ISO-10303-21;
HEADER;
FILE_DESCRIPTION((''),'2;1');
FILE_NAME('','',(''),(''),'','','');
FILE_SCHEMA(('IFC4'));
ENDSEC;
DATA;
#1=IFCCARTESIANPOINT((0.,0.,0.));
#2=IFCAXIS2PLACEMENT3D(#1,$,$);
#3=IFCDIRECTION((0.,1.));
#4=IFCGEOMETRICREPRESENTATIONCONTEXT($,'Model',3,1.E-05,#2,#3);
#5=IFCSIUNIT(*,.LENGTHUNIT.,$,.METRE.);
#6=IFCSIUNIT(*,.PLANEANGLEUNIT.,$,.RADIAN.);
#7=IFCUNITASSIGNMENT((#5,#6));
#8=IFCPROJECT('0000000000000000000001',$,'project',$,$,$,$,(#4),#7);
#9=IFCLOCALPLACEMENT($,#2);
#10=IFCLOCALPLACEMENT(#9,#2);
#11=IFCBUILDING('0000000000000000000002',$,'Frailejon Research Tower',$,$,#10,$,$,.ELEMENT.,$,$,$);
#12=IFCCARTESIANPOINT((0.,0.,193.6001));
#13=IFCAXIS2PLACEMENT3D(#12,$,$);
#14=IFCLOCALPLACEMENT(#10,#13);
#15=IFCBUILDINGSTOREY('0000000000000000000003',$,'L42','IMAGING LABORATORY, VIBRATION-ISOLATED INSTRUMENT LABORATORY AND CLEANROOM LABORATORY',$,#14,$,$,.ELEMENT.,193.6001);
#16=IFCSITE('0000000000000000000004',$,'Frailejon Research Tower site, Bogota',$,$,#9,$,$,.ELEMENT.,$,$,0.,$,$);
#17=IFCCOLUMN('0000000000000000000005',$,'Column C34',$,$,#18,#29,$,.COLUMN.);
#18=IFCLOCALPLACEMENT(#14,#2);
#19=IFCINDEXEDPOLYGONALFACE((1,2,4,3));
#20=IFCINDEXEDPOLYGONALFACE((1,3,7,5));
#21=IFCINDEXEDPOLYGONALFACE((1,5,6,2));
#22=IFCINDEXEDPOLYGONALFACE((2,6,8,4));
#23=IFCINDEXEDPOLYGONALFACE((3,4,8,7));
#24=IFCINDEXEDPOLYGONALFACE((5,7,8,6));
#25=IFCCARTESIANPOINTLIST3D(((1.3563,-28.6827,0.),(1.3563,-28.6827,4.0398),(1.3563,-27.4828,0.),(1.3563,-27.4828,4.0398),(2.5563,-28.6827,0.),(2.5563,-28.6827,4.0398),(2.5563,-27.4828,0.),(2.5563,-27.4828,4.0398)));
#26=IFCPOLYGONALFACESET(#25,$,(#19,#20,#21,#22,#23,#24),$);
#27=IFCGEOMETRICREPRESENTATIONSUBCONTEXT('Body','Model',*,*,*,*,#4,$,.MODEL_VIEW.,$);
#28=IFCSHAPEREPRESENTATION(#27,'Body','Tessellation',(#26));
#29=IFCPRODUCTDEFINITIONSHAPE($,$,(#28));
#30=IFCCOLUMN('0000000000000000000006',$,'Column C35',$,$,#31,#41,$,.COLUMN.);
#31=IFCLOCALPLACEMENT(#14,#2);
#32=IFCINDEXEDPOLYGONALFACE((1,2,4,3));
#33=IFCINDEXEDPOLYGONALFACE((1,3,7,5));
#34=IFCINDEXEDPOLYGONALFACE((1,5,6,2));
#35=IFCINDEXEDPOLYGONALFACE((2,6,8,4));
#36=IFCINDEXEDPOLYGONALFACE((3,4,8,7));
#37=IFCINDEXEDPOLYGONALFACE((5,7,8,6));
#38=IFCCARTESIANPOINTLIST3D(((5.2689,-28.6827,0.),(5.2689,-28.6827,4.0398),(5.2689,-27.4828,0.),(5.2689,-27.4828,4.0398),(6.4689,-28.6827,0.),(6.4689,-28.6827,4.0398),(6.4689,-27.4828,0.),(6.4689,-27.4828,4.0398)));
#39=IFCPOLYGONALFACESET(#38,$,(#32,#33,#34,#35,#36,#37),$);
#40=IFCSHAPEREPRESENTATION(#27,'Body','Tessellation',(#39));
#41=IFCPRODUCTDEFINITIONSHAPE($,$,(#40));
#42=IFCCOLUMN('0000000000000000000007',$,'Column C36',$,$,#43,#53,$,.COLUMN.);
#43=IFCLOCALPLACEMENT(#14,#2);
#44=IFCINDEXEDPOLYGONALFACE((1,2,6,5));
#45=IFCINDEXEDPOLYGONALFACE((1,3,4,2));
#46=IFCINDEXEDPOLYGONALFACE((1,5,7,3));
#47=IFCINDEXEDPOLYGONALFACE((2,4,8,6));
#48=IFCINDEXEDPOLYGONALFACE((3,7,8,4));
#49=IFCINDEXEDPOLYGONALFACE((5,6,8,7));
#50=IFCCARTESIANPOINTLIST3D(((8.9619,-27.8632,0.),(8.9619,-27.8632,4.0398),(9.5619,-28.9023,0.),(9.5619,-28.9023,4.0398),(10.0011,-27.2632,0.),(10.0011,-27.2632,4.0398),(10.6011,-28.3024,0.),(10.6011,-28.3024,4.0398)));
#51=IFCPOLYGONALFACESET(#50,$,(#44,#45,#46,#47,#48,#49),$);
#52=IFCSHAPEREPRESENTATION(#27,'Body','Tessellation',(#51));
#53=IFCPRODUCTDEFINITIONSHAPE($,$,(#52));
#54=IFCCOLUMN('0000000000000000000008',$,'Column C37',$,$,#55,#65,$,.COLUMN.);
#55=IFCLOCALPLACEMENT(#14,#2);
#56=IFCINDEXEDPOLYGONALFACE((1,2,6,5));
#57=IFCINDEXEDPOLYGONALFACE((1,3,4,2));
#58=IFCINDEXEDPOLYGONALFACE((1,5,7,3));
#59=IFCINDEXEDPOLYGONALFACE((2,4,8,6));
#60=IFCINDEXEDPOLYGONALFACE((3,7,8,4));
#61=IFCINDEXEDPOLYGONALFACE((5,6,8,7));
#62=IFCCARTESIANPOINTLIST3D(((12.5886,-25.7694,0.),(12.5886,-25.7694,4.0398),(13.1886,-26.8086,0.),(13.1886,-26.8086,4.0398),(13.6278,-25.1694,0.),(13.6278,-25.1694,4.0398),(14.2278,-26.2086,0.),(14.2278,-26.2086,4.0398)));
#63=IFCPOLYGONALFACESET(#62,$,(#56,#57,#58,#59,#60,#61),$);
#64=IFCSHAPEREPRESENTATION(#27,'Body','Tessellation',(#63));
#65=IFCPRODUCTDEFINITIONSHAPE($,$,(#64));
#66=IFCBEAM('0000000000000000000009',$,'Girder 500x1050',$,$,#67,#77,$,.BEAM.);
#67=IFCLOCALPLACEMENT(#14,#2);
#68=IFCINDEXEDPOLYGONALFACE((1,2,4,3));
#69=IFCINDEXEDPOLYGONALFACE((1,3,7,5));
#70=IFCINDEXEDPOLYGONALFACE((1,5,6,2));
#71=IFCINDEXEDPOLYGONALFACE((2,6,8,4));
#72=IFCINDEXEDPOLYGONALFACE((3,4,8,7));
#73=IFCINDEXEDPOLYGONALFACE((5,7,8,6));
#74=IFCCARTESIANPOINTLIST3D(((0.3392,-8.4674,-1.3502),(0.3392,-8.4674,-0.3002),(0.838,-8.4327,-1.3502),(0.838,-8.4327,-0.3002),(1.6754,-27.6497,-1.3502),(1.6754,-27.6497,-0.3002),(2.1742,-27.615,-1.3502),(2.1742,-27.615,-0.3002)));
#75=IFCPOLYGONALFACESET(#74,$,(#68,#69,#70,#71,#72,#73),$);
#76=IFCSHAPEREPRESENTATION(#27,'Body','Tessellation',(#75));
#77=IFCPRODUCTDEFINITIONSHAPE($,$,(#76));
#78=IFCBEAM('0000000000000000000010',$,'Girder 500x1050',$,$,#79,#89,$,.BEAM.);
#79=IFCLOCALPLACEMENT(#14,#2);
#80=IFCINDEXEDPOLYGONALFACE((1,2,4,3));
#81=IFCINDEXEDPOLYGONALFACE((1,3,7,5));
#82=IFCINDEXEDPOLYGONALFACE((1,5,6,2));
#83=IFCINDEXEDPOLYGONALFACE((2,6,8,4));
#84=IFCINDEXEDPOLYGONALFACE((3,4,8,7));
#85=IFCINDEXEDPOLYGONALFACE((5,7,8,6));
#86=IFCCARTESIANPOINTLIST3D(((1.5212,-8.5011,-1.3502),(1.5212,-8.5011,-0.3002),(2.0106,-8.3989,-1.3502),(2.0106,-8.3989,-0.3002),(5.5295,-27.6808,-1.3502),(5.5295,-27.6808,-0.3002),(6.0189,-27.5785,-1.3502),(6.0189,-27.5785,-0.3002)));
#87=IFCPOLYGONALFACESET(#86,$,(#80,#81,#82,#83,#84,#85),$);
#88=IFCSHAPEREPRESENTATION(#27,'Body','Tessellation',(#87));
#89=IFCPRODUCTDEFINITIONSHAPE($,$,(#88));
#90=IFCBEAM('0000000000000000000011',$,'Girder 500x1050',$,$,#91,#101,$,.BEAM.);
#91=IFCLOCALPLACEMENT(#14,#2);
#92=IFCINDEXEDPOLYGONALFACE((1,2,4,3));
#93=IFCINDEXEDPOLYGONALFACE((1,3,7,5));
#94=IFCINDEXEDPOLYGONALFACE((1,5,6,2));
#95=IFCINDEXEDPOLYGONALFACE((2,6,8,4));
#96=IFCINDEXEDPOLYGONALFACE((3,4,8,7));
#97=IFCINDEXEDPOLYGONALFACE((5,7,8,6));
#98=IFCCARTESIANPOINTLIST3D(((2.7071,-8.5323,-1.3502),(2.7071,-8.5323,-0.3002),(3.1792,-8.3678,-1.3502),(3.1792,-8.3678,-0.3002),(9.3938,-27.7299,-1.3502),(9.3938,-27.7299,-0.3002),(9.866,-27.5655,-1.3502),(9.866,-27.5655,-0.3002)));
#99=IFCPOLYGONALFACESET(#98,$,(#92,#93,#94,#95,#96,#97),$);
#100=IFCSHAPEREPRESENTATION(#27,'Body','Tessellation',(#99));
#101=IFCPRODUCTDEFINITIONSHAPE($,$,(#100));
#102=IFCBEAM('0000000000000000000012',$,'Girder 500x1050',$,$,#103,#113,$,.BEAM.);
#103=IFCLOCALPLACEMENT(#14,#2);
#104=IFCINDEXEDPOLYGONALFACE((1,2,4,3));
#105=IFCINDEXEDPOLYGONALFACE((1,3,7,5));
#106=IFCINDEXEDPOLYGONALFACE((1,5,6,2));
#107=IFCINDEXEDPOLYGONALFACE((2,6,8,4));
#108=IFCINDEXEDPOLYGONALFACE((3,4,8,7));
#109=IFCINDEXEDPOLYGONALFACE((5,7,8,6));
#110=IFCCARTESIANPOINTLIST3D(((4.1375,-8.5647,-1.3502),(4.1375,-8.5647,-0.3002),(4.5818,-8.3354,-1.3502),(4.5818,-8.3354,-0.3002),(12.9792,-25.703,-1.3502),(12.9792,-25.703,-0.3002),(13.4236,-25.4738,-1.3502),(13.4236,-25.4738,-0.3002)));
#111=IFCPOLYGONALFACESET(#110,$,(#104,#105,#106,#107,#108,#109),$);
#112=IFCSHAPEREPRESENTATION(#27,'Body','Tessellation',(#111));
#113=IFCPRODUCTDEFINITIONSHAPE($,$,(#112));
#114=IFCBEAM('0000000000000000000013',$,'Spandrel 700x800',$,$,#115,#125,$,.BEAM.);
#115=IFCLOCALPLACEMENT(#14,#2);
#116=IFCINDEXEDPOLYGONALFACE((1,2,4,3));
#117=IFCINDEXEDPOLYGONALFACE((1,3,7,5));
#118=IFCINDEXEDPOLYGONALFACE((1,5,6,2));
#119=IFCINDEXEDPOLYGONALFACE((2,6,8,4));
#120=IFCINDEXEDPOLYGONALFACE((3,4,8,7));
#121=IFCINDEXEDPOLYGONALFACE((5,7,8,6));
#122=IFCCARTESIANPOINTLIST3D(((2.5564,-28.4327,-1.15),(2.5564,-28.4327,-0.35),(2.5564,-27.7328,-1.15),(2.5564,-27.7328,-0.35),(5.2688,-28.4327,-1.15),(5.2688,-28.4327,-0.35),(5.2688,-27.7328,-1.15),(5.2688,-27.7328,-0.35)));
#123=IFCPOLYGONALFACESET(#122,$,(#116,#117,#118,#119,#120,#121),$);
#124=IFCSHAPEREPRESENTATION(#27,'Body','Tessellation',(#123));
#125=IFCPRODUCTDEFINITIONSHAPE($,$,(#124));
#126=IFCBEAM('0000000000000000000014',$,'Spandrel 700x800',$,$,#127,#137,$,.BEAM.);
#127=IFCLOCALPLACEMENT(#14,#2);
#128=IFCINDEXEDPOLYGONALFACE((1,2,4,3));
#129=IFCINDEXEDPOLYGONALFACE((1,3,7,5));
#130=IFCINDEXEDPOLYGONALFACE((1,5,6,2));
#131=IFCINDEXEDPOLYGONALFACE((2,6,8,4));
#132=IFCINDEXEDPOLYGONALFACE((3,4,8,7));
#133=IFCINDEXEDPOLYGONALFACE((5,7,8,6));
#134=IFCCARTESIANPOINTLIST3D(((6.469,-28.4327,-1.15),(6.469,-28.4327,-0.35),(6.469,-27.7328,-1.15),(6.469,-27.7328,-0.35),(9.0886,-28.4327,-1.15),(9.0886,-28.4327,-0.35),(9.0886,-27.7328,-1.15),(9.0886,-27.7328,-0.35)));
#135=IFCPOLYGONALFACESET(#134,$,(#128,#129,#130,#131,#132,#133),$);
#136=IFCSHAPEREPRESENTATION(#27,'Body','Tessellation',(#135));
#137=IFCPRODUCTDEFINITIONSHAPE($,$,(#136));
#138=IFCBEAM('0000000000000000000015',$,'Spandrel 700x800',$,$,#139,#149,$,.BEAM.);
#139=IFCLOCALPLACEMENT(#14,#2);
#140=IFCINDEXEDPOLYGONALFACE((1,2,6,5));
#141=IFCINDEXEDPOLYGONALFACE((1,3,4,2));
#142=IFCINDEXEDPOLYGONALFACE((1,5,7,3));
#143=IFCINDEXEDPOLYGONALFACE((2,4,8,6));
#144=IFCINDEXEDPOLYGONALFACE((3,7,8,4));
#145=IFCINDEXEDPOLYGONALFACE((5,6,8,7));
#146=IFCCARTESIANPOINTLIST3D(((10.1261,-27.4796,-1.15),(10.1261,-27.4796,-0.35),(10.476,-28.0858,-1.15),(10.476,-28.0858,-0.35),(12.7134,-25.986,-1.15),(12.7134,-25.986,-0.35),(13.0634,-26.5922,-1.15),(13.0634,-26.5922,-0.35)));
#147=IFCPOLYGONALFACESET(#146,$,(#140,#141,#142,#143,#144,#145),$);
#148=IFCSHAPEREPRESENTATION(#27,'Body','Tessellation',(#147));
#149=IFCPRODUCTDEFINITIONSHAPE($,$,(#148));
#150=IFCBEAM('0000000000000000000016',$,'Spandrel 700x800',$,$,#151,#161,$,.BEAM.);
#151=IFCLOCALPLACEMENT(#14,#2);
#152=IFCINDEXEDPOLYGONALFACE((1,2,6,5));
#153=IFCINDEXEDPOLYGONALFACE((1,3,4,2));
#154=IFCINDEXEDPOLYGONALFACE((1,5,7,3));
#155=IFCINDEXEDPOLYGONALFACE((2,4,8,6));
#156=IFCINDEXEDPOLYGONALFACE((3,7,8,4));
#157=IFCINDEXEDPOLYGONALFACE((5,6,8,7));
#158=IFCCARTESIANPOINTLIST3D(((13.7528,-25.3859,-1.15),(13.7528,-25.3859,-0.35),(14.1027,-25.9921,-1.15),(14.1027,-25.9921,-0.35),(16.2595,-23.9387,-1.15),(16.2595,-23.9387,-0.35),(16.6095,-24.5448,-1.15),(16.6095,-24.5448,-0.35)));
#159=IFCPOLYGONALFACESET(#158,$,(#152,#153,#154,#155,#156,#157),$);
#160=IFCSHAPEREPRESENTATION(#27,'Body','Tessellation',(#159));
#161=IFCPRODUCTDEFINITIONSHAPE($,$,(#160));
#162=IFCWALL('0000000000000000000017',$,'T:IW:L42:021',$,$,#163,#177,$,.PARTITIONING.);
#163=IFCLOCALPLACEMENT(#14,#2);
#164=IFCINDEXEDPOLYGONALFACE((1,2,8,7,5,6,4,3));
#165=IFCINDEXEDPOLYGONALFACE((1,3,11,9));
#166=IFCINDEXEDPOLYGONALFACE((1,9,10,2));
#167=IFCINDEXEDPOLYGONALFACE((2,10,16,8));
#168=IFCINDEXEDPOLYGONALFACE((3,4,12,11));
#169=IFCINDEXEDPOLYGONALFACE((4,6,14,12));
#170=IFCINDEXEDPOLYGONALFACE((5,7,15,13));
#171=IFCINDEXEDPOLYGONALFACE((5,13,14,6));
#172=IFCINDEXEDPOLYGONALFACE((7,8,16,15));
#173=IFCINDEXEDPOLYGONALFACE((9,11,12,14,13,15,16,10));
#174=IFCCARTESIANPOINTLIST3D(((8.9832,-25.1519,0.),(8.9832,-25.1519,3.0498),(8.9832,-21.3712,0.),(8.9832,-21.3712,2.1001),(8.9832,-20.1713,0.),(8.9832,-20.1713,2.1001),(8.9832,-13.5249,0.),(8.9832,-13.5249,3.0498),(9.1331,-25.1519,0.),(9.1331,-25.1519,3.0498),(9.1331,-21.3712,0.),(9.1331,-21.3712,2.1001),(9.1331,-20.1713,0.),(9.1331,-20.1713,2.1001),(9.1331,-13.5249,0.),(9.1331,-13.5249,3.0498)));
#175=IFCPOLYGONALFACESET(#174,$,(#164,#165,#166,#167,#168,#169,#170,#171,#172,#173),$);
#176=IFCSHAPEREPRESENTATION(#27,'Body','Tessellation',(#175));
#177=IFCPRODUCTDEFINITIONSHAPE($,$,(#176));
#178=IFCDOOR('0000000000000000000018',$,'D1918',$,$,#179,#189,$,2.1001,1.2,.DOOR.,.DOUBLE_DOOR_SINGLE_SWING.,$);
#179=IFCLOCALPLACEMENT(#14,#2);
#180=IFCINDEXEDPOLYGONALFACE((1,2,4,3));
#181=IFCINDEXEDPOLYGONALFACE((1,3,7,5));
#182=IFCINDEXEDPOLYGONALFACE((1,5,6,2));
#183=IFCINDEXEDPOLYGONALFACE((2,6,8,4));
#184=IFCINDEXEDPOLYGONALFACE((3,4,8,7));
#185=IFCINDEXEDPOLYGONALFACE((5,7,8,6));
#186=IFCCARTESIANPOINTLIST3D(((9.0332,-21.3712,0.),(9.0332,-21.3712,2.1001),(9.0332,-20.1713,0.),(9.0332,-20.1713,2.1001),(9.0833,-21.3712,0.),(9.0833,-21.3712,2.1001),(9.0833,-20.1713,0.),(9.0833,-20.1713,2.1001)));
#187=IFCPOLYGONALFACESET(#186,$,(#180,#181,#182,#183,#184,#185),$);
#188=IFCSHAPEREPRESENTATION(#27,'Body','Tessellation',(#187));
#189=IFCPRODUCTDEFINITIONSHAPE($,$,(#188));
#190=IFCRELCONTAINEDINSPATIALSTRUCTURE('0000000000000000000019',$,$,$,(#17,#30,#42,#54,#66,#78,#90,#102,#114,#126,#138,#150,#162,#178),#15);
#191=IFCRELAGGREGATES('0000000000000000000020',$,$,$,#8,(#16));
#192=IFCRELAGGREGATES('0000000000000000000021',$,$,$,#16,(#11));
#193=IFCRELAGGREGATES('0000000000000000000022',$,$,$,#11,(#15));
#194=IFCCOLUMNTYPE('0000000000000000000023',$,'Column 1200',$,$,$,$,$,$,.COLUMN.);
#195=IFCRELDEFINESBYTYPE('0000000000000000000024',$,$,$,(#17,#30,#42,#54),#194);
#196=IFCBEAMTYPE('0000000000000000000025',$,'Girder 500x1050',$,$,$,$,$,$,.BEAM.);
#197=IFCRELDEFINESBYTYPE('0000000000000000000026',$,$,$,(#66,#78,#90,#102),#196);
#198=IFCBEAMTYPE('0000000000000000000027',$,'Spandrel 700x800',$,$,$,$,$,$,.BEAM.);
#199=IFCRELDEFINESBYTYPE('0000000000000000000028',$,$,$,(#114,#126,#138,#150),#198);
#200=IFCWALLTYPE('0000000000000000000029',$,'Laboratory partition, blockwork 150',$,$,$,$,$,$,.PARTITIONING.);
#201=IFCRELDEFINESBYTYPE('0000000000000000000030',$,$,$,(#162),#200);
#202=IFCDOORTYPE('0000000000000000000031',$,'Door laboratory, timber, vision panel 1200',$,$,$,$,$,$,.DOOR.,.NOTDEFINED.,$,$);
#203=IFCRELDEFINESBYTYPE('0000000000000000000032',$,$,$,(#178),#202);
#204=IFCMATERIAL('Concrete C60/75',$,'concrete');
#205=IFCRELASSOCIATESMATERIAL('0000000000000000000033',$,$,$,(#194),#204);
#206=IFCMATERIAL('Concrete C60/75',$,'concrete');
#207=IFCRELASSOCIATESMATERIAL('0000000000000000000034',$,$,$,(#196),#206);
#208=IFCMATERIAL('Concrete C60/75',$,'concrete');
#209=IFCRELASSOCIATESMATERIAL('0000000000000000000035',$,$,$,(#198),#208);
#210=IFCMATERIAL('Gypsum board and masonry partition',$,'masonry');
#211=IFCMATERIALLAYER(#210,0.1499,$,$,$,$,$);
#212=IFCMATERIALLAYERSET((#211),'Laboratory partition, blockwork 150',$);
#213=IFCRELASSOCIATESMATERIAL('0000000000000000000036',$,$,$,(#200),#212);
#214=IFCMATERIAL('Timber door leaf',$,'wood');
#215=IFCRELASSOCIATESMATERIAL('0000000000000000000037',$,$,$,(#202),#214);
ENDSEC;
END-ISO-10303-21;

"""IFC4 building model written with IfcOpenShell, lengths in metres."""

from ifc_helpers import new_model, si_unit, direction, frame, frame_2d, origin, origin_2d, place, context, subcontext, project, spatial, rectangle, extrude, material, layer, layer_set, material_profile, profile_set, type_object, element, fill, save


model = new_model("IFC4")

# Units and contexts
model_context = context("Model", 3, precision=1e-05, world=origin(), true_north=direction((0.0, 1.0)))
body_context = subcontext(model_context, "Body", "Model", "MODEL_VIEW")
ifc_project = project(units=[si_unit("LENGTHUNIT", "METRE"), si_unit("PLANEANGLEUNIT", "RADIAN")], contexts=[model_context])

# Site, building, storey
site_placement = place(None, origin())
site = spatial("IfcSite", under=ifc_project, at=site_placement, Name="Frailejon Research Tower site, Bogota", CompositionType="ELEMENT", RefElevation=0.0)
building_placement = place(site_placement, origin())
building = spatial("IfcBuilding", under=site, at=building_placement, Name="Frailejon Research Tower", CompositionType="ELEMENT")
storey_placement = place(building_placement, frame((0.0, 0.0, 193.6001)))
storey = spatial("IfcBuildingStorey", under=building, at=storey_placement, Name="L42", Description="IMAGING LABORATORY, VIBRATION-ISOLATED INSTRUMENT LABORATORY AND CLEANROOM LABORATORY", CompositionType="ELEMENT", Elevation=193.6001)

# Columns
ifc_material_1 = material(Name="Concrete C60/75", Category="concrete")
ifc_material_profile_1 = material_profile(ifc_material_1, rectangle(XDim=1.2, YDim=1.2, at=origin_2d()), Name="Column 1200")
ifc_profile_set_1 = profile_set([ifc_material_profile_1], Name="Concrete C60/75")
column_type = type_object("IfcColumnType", Name="Column 1200", PredefinedType="COLUMN", material=ifc_profile_set_1)
for number, where, z_axis, x_axis, name in (
    (1, (1.9563, -28.0828, 0.0), (0.0, 0.0, 1.0), (1.0, 0.0, 0.0), "Column C34"),
    (2, (5.8689, -28.0828, 0.0), (0.0, 0.0, 1.0), (1.0, 0.0, 0.0), "Column C35"),
    (3, (9.7815, -28.0828, 0.0), (0.0, 0.0, 1.0), (0.866025, 0.5, 0.0), "Column C36"),
    (4, (13.4082, -25.989, 0.0), (0.0, 0.0, 1.0), (0.866025, 0.5, 0.0), "Column C37"),
):
    element("IfcColumn", number, at=place(storey_placement, frame(where, z_axis=z_axis, x_axis=x_axis)), inside=storey, type_object=column_type, Name=name, PredefinedType="COLUMN", context=body_context, shape_type="SweptSolid", body=[
        extrude(rectangle(XDim=1.2, YDim=1.2, at=origin_2d()), origin(), (0.0, 0.0, 1.0), 4.0398),
    ])

# Beams
ifc_material_2 = material(Name="Concrete C60/75", Category="concrete")
ifc_material_profile_2 = material_profile(ifc_material_2, rectangle(XDim=0.5, YDim=1.05, at=origin_2d()), Name="Girder 500x1050")
ifc_profile_set_2 = profile_set([ifc_material_profile_2], Name="Concrete C60/75")
beam_type_1 = type_object("IfcBeamType", Name="Girder 500x1050", PredefinedType="BEAM", material=ifc_profile_set_2)
beam_1_placement = place(storey_placement, frame((1.9248, -27.6323, -0.8252), z_axis=(-0.069488, 0.997583, 0.0), x_axis=(-0.997583, -0.069488, 0.0)))
element("IfcBeam", 5, at=beam_1_placement, inside=storey, type_object=beam_type_1, Name="Girder 500x1050", PredefinedType="BEAM", context=body_context, shape_type="SweptSolid", body=[
    extrude(rectangle(XDim=0.5, YDim=1.05, at=origin_2d()), origin(), (0.0, 0.0, 1.0), 19.2288),
])
beam_2_placement = place(storey_placement, frame((5.7742, -27.6296, -0.8252), z_axis=(-0.204567, 0.978853, 0.0), x_axis=(-0.978853, -0.204567, 0.0)))
element("IfcBeam", 6, at=beam_2_placement, inside=storey, type_object=beam_type_1, Name="Girder 500x1050", PredefinedType="BEAM", context=body_context, shape_type="SweptSolid", body=[
    extrude(rectangle(XDim=0.5, YDim=1.05, at=origin_2d()), origin(), (0.0, 0.0, 1.0), 19.594),
])
beam_3_placement = place(storey_placement, frame((9.6299, -27.6477, -0.8252), z_axis=(-0.328928, 0.944355, 0.0), x_axis=(-0.944355, -0.328928, 0.0)))
element("IfcBeam", 7, at=beam_3_placement, inside=storey, type_object=beam_type_1, Name="Girder 500x1050", PredefinedType="BEAM", context=body_context, shape_type="SweptSolid", body=[
    extrude(rectangle(XDim=0.5, YDim=1.05, at=origin_2d()), origin(), (0.0, 0.0, 1.0), 20.3289),
])
beam_4_placement = place(storey_placement, frame((13.2014, -25.5884, -0.8252), z_axis=(-0.458486, 0.888702, 0.0), x_axis=(-0.888702, -0.458486, 0.0)))
element("IfcBeam", 8, at=beam_4_placement, inside=storey, type_object=beam_type_1, Name="Girder 500x1050", PredefinedType="BEAM", context=body_context, shape_type="SweptSolid", body=[
    extrude(rectangle(XDim=0.5, YDim=1.05, at=origin_2d()), origin(), (0.0, 0.0, 1.0), 19.2847),
])
ifc_material_3 = material(Name="Concrete C60/75", Category="concrete")
ifc_material_profile_3 = material_profile(ifc_material_3, rectangle(XDim=0.7, YDim=0.8, at=origin_2d()), Name="Spandrel 700x800")
ifc_profile_set_3 = profile_set([ifc_material_profile_3], Name="Concrete C60/75")
beam_type_2 = type_object("IfcBeamType", Name="Spandrel 700x800", PredefinedType="BEAM", material=ifc_profile_set_3)
beam_5_placement = place(storey_placement, frame((2.5564, -28.0828, -0.75), z_axis=(1.0, 0.0, 0.0), x_axis=(0.0, 1.0, 0.0)))
element("IfcBeam", 9, at=beam_5_placement, inside=storey, type_object=beam_type_2, Name="Spandrel 700x800", PredefinedType="BEAM", context=body_context, shape_type="SweptSolid", body=[
    extrude(rectangle(XDim=0.7, YDim=0.8, at=origin_2d()), origin(), (0.0, 0.0, 1.0), 2.7124),
])
beam_6_placement = place(storey_placement, frame((6.469, -28.0828, -0.75), z_axis=(1.0, 0.0, 0.0), x_axis=(0.0, 1.0, 0.0)))
element("IfcBeam", 10, at=beam_6_placement, inside=storey, type_object=beam_type_2, Name="Spandrel 700x800", PredefinedType="BEAM", context=body_context, shape_type="SweptSolid", body=[
    extrude(rectangle(XDim=0.7, YDim=0.8, at=origin_2d()), origin(), (0.0, 0.0, 1.0), 2.6196),
])
beam_7_placement = place(storey_placement, frame((10.301, -27.7827, -0.75), z_axis=(0.866052, 0.499954, 0.0), x_axis=(-0.499954, 0.866052, 0.0)))
element("IfcBeam", 11, at=beam_7_placement, inside=storey, type_object=beam_type_2, Name="Spandrel 700x800", PredefinedType="BEAM", context=body_context, shape_type="SweptSolid", body=[
    extrude(rectangle(XDim=0.7, YDim=0.8, at=origin_2d()), origin(), (0.0, 0.0, 1.0), 2.9875),
])
beam_8_placement = place(storey_placement, frame((13.9277, -25.689, -0.75), z_axis=(0.866034, 0.499985, 0.0), x_axis=(-0.499985, 0.866034, 0.0)))
element("IfcBeam", 12, at=beam_8_placement, inside=storey, type_object=beam_type_2, Name="Spandrel 700x800", PredefinedType="BEAM", context=body_context, shape_type="SweptSolid", body=[
    extrude(rectangle(XDim=0.7, YDim=0.8, at=origin_2d()), origin(), (0.0, 0.0, 1.0), 2.8945),
])

# Wall, opening, door
ifc_material_4 = material(Name="Gypsum board and masonry partition", Category="masonry")
ifc_layer_1 = layer(ifc_material_4, 0.1499)
ifc_layer_set_1 = layer_set([ifc_layer_1], Name="Laboratory partition, blockwork 150")
wall_type_1 = type_object("IfcWallType", Name="Laboratory partition, blockwork 150", PredefinedType="PARTITIONING", material=ifc_layer_set_1)
wall_1_placement = place(storey_placement, frame((9.0581, -25.1519, 0.0), z_axis=(0.0, 0.0, 1.0), x_axis=(0.0, 1.0, 0.0)))
wall_1 = element("IfcWall", 13, at=wall_1_placement, inside=storey, type_object=wall_type_1, Name="T:IW:L42:021", PredefinedType="PARTITIONING", context=body_context, shape_type="SweptSolid", body=[
    extrude(rectangle(XDim=11.627, YDim=0.1499, at=frame_2d((5.8135, 0.0))), origin(), (0.0, 0.0, 1.0), 3.0498),
])
opening_1_placement = place(wall_1_placement, frame((3.7805, 0.0, 0.0)))
opening_1 = element("IfcOpeningElement", 14, at=opening_1_placement, cuts=wall_1, PredefinedType="OPENING", context=body_context, shape_type="SweptSolid", body=[
    extrude(rectangle(XDim=1.2, YDim=2.1001, at=frame_2d((0.6001, 1.05))), frame((0.0, 0.085, 0.0), z_axis=(0.0, -1.0, 0.0), x_axis=(1.0, 0.0, 0.0)), (0.0, 0.0, 1.0), 0.1699),
])
ifc_material_5 = material(Name="Timber door leaf", Category="wood")
door_type = type_object("IfcDoorType", Name="Door laboratory, timber, vision panel 1200", OperationType="NOTDEFINED", PredefinedType="DOOR", material=ifc_material_5)
door_placement = place(opening_1_placement, origin())
door = element("IfcDoor", 15, at=door_placement, inside=storey, type_object=door_type, Name="D1918", OperationType="DOUBLE_DOOR_SINGLE_SWING", OverallHeight=2.1001, OverallWidth=1.2, PredefinedType="DOOR", context=body_context, shape_type="SweptSolid", body=[
    extrude(rectangle(XDim=1.2, YDim=2.1001, at=frame_2d((0.6001, 1.05))), frame((0.0, 0.0249, 0.0), z_axis=(0.0, -1.0, 0.0), x_axis=(1.0, 0.0, 0.0)), (0.0, 0.0, 1.0), 0.05),
])
fill(opening_1, door)

save(model, "model.ifc")
